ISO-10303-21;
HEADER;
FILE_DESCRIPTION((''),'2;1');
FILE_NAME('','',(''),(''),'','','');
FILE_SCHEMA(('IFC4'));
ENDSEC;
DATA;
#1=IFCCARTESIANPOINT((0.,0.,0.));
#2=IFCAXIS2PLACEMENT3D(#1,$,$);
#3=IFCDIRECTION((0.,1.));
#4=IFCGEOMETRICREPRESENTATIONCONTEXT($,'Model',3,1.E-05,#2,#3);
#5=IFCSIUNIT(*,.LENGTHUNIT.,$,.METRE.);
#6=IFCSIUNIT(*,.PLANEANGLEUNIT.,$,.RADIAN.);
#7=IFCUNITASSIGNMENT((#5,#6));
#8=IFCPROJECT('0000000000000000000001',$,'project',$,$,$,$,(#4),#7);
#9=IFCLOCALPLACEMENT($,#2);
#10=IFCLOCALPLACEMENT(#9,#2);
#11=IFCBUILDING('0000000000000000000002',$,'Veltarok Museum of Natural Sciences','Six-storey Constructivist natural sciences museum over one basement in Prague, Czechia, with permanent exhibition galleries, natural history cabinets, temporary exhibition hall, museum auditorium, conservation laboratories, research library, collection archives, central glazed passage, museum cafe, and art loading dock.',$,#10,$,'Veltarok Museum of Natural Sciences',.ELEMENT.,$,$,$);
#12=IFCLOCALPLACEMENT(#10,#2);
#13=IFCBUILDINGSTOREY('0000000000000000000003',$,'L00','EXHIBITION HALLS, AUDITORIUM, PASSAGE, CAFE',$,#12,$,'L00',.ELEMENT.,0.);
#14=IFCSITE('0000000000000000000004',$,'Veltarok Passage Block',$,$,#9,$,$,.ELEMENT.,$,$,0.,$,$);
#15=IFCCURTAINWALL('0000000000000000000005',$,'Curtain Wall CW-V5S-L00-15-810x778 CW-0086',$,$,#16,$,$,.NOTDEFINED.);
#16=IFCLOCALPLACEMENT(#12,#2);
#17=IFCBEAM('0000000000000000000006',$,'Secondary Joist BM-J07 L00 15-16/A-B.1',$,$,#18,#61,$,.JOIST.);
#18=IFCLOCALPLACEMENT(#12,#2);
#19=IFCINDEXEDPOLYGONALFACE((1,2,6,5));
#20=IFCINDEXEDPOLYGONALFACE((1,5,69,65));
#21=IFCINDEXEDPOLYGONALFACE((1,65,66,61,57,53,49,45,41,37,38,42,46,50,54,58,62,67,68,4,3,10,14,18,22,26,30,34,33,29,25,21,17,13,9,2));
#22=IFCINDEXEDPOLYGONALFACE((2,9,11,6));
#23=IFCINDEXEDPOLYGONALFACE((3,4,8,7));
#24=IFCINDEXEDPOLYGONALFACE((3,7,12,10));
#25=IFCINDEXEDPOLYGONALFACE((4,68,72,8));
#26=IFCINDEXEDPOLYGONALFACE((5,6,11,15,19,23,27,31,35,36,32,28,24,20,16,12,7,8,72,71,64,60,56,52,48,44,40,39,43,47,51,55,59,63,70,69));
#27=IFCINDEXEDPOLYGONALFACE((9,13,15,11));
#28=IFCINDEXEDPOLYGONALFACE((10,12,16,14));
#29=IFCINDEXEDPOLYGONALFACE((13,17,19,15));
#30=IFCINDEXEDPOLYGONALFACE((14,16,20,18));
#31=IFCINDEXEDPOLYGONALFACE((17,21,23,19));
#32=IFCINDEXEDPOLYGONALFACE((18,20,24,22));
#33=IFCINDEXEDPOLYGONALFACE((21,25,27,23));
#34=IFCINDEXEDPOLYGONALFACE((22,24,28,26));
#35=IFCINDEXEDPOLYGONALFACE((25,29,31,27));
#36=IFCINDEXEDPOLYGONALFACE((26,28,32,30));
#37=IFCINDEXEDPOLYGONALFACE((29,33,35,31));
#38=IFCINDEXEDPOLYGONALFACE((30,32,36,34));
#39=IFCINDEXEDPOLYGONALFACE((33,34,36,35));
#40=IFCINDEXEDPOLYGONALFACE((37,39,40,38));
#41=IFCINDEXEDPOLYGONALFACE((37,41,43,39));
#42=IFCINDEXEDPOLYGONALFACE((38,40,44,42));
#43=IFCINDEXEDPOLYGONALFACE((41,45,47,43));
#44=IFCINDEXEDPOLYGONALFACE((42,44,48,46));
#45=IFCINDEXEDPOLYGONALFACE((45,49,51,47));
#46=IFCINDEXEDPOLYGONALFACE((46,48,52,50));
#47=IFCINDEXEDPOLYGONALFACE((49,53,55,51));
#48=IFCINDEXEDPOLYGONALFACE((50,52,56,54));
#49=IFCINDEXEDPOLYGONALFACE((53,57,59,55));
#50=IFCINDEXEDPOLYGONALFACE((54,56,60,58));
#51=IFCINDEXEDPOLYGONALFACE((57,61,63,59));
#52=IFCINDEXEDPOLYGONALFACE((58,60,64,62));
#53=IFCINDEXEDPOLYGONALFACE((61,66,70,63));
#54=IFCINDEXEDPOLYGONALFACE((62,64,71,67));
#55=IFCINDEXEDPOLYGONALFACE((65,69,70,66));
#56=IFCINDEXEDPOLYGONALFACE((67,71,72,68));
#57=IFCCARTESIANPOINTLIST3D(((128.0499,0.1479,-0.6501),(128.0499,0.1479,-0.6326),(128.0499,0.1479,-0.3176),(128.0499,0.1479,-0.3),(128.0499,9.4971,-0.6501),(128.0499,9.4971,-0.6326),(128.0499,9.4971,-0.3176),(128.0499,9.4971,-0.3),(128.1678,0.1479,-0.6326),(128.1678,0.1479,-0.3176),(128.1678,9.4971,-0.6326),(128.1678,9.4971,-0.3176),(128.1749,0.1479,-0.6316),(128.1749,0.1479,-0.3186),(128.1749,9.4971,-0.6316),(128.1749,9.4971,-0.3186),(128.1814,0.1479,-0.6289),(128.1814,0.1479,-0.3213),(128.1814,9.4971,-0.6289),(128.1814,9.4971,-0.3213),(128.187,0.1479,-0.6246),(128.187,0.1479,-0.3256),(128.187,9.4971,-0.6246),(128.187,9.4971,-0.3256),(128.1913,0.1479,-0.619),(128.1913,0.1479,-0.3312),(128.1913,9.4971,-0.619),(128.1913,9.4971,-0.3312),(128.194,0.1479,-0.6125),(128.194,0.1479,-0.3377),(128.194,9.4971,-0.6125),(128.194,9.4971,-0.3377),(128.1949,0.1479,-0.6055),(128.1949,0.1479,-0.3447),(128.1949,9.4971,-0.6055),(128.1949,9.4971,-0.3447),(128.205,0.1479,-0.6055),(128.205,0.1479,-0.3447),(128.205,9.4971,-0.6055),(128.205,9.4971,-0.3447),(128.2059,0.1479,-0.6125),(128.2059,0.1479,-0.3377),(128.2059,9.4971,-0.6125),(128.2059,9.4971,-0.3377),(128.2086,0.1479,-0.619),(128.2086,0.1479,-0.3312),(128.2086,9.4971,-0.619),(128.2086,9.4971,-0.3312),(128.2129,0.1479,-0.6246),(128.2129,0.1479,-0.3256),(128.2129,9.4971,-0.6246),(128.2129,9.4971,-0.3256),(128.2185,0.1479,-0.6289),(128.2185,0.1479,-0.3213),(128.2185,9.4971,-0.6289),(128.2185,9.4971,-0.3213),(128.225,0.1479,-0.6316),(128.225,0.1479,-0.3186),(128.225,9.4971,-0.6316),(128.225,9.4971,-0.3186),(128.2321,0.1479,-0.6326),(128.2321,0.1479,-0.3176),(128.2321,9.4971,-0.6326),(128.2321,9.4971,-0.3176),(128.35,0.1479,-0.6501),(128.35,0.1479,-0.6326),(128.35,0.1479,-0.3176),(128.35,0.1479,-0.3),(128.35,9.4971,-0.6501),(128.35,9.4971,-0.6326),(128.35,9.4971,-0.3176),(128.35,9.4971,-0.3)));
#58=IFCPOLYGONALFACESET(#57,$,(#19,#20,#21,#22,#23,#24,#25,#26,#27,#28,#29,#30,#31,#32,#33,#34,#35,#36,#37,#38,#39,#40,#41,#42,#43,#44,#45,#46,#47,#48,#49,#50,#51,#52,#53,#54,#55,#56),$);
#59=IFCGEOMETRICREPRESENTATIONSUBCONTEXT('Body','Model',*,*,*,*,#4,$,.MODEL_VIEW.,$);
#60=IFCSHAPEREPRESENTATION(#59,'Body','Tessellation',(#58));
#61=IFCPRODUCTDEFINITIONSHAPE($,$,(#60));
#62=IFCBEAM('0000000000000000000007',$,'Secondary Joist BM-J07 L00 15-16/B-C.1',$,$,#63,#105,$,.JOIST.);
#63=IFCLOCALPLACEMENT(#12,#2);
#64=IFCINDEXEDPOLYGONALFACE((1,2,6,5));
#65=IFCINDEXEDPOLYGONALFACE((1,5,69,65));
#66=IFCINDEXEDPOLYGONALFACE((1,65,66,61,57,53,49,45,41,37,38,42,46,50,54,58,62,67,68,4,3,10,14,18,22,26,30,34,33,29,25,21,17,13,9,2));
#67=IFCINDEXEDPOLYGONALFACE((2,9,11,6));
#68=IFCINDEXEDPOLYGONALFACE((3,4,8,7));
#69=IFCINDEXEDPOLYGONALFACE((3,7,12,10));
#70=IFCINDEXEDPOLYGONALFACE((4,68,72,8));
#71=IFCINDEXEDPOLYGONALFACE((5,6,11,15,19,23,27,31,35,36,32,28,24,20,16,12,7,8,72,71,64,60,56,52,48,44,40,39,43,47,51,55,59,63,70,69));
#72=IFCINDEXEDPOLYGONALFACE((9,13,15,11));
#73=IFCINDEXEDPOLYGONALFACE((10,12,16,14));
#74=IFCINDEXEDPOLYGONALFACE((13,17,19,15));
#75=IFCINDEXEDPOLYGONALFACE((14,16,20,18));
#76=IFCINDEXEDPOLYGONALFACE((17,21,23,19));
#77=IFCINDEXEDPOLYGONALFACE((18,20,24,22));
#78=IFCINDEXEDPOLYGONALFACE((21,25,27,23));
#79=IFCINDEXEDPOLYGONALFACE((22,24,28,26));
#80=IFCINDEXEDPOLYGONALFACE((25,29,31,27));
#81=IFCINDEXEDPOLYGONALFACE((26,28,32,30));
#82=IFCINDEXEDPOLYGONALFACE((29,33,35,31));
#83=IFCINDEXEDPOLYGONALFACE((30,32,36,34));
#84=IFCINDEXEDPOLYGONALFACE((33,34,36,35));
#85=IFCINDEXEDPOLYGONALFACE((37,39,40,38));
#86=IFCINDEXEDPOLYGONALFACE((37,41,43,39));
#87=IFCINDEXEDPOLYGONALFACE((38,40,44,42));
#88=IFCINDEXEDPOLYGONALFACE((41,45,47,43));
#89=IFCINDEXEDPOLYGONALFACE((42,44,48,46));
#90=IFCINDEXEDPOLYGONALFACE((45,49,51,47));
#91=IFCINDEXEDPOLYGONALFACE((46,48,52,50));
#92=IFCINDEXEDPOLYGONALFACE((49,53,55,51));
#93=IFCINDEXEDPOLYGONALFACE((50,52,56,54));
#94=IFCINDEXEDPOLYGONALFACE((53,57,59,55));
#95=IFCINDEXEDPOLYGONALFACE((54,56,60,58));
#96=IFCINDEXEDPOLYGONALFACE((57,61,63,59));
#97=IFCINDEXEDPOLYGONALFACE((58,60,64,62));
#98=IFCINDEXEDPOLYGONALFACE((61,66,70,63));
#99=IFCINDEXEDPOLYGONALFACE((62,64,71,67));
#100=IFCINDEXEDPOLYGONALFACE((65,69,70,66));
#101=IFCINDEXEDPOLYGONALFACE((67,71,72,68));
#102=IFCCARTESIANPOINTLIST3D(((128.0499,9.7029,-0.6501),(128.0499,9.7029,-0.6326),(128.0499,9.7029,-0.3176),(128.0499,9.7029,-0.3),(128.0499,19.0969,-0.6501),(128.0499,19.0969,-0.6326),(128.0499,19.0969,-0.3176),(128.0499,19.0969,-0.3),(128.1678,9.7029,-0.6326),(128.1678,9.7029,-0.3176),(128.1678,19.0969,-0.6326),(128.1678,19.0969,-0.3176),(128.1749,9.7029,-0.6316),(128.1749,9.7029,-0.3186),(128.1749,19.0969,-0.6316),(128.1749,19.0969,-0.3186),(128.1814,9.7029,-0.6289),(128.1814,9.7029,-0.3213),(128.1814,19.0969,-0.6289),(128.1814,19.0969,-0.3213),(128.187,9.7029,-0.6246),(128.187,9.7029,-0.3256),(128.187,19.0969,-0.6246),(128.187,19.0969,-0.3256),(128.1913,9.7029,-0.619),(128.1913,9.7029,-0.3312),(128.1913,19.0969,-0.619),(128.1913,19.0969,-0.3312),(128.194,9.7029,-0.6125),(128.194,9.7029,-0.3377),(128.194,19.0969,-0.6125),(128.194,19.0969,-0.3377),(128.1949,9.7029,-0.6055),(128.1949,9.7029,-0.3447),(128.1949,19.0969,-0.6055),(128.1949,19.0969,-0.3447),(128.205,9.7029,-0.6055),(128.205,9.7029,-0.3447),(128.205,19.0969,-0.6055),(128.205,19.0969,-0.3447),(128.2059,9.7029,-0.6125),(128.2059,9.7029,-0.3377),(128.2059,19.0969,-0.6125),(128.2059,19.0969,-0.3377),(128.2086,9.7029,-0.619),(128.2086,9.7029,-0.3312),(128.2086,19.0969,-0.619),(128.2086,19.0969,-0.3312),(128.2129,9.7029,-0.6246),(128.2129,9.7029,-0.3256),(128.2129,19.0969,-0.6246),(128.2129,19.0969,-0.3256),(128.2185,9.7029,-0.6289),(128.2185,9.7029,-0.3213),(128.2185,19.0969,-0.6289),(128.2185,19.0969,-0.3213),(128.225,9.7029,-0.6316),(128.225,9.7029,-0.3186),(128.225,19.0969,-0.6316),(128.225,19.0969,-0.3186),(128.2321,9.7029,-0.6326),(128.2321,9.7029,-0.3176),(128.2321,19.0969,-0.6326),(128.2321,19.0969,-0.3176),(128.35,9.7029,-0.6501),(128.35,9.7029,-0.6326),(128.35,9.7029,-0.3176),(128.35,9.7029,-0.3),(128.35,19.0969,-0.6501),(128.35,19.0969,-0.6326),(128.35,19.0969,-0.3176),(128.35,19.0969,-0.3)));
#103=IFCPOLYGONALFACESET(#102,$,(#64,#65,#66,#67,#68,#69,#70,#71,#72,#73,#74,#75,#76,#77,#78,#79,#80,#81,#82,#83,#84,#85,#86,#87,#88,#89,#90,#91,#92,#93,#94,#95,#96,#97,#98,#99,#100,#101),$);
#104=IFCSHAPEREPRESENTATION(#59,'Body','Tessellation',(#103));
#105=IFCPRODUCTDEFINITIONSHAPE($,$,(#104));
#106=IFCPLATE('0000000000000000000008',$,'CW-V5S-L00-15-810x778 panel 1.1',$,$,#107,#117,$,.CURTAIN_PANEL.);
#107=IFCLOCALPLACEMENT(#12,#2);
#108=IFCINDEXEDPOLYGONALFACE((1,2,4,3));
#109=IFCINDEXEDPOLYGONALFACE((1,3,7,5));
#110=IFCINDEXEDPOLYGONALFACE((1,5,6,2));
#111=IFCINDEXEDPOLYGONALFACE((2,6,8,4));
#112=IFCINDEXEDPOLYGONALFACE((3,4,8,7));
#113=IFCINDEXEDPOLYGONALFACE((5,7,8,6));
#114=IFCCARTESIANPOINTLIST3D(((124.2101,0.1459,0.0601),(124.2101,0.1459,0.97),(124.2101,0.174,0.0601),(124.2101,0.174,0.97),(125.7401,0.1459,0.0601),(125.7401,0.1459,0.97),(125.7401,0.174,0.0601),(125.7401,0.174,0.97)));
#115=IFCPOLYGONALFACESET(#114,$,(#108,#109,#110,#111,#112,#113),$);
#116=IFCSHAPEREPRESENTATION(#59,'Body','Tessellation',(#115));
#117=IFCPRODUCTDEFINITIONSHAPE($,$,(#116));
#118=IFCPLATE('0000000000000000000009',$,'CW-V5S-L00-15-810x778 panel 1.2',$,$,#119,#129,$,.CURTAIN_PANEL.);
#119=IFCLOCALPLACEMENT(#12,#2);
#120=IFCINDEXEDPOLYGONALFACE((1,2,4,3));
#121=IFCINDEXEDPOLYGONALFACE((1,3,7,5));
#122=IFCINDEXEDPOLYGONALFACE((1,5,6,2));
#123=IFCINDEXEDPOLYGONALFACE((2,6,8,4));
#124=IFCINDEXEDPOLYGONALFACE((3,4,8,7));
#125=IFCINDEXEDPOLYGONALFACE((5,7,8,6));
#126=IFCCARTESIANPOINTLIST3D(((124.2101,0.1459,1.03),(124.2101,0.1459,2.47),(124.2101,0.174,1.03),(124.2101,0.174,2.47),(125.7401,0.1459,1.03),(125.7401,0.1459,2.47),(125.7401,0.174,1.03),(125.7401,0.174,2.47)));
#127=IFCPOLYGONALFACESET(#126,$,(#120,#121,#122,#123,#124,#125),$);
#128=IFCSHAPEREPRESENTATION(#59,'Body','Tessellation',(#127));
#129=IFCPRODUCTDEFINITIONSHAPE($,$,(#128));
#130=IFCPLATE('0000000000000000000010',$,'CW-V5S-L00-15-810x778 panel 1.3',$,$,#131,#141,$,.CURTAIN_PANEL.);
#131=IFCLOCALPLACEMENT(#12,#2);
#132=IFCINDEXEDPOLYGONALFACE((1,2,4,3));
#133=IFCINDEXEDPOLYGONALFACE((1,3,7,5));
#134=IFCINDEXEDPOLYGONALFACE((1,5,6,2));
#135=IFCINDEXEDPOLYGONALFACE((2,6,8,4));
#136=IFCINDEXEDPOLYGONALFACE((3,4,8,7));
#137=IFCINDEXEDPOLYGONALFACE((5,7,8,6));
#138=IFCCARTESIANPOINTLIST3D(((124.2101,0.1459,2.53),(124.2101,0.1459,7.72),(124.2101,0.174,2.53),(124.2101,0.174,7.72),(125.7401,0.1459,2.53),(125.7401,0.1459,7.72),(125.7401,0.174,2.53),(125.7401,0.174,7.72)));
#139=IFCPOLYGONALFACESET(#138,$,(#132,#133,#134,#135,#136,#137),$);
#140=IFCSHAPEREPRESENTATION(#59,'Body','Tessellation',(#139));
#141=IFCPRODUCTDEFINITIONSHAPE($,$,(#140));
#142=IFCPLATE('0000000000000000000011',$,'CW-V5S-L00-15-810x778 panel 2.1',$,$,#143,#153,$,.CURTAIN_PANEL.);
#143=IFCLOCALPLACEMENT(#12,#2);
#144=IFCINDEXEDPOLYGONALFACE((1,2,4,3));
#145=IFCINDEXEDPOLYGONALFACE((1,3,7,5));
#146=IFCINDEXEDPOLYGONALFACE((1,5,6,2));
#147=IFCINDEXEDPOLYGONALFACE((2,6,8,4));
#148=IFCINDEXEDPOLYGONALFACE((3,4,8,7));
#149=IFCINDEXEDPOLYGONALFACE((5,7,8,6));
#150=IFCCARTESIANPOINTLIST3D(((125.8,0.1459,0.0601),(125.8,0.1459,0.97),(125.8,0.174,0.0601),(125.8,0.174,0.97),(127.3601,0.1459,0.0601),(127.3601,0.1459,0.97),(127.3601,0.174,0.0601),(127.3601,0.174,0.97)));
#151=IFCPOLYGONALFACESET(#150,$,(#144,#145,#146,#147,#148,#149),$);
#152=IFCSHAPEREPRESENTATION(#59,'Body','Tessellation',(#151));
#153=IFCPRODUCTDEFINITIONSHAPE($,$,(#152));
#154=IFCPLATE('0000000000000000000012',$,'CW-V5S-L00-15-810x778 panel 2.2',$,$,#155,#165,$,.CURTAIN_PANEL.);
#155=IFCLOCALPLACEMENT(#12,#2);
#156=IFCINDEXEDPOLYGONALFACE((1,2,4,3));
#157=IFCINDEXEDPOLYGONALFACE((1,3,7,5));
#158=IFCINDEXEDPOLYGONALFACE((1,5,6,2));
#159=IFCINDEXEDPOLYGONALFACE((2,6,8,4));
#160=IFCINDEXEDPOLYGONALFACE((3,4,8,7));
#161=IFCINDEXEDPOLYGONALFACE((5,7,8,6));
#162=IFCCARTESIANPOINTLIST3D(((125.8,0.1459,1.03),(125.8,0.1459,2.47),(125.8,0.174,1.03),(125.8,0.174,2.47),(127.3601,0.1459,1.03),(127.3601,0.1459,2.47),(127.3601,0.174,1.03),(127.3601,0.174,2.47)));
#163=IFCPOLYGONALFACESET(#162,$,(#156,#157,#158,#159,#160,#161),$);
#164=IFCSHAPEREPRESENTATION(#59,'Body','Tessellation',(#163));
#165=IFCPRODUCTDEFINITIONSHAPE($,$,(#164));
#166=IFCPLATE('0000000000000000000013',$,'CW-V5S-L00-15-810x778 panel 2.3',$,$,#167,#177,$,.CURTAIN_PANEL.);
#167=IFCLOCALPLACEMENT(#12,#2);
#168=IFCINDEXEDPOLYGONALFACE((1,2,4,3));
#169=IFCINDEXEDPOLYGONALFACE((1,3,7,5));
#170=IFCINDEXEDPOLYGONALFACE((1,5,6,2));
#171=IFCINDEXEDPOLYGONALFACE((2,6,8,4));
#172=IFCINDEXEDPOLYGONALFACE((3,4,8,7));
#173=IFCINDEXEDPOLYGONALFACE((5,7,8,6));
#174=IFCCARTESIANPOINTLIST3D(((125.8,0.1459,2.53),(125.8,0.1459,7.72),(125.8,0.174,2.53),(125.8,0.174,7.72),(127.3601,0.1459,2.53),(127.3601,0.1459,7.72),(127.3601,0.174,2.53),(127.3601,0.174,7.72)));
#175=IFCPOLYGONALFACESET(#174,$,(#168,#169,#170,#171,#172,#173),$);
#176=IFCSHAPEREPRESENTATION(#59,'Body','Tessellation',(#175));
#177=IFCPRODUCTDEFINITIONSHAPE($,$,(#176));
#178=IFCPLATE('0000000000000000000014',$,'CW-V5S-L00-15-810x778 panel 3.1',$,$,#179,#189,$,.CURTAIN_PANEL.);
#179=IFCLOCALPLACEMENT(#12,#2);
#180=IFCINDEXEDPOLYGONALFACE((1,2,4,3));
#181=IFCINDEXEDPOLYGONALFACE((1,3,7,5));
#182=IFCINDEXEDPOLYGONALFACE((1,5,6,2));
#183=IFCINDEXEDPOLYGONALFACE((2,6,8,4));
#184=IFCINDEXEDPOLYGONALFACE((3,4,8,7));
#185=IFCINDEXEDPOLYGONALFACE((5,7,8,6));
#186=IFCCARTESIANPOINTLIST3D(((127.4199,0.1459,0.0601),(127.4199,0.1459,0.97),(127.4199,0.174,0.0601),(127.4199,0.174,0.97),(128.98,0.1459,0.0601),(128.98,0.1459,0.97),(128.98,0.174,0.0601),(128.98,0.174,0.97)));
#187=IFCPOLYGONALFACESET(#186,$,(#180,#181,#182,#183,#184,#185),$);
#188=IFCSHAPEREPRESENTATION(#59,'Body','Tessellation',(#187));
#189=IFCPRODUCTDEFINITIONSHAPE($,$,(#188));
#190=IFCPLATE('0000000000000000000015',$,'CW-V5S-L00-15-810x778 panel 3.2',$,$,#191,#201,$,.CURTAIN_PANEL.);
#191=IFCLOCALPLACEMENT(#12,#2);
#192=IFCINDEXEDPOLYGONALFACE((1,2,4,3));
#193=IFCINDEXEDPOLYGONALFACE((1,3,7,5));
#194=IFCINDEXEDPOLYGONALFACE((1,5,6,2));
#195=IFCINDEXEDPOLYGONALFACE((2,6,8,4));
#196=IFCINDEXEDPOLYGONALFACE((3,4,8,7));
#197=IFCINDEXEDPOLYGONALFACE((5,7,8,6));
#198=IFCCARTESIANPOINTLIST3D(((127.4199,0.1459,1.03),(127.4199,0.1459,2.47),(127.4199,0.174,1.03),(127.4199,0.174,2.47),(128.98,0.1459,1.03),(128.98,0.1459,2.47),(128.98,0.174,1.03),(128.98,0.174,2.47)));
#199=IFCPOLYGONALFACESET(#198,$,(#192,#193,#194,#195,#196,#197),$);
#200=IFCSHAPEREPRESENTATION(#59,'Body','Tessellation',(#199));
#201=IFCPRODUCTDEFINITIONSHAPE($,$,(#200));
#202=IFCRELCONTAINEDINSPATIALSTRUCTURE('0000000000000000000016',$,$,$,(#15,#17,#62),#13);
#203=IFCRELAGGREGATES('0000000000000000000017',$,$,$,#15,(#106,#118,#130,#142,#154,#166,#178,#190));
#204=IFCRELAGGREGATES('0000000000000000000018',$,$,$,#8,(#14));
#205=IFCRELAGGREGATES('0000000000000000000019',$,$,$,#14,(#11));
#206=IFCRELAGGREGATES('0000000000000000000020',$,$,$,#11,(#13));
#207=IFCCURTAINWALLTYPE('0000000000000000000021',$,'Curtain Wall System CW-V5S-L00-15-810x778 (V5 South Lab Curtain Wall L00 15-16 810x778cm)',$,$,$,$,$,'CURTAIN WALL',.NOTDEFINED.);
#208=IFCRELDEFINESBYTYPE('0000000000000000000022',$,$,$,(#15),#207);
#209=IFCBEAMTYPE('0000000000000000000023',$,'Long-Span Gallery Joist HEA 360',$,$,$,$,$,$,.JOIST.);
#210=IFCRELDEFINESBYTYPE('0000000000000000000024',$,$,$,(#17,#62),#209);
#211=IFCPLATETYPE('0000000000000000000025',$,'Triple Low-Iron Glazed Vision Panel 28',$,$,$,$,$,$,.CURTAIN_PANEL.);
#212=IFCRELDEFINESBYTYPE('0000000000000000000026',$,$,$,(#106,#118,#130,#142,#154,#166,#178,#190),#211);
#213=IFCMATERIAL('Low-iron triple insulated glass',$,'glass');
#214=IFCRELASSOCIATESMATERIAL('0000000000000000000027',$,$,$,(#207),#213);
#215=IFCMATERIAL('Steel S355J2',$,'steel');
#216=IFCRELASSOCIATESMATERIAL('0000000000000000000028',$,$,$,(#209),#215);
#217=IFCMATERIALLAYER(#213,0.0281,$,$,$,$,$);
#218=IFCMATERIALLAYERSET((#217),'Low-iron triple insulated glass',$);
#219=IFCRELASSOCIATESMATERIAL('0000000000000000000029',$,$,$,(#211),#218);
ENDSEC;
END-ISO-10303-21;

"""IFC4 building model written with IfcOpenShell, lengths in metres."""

from ifc_helpers import new_model, si_unit, direction, frame, origin, origin_2d, place, context, subcontext, project, spatial, rectangle, i_section, extrude, material, layer, layer_set, material_profile, profile_set, type_object, element, aggregate, save


model = new_model("IFC4")

# Units and contexts
model_context = context("Model", 3, precision=1e-05, world=origin(), true_north=direction((0.0, 1.0)))
body_context = subcontext(model_context, "Body", "Model", "MODEL_VIEW")
ifc_project = project(units=[si_unit("LENGTHUNIT", "METRE"), si_unit("PLANEANGLEUNIT", "RADIAN")], contexts=[model_context])

# Site, building, storey
site_placement = place(None, origin())
site = spatial("IfcSite", under=ifc_project, at=site_placement, Name="Veltarok Passage Block", CompositionType="ELEMENT", RefElevation=0.0)
building_placement = place(site_placement, origin())
building = spatial("IfcBuilding", under=site, at=building_placement, Name="Veltarok Museum of Natural Sciences", Description="Six-storey Constructivist natural sciences museum over one basement in Prague, Czechia, with permanent exhibition galleries, natural history cabinets, temporary exhibition hall, museum auditorium, conservation laboratories, research library, collection archives, central glazed passage, museum cafe, and art loading dock.", LongName="Veltarok Museum of Natural Sciences", CompositionType="ELEMENT")
storey_placement = place(building_placement, origin())
storey = spatial("IfcBuildingStorey", under=building, at=storey_placement, Name="L00", Description="EXHIBITION HALLS, AUDITORIUM, PASSAGE, CAFE", LongName="L00", CompositionType="ELEMENT", Elevation=0.0)

# Curtain wall
ifc_material_1 = material(Name="Low-iron triple insulated glass", Category="glass")
curtain_wall_type = type_object("IfcCurtainWallType", Name="Curtain Wall System CW-V5S-L00-15-810x778 (V5 South Lab Curtain Wall L00 15-16 810x778cm)", ElementType="CURTAIN WALL", PredefinedType="NOTDEFINED", material=ifc_material_1)
curtain_wall_placement = place(storey_placement, origin())
curtain_wall = element("IfcCurtainWall", 1, at=curtain_wall_placement, inside=storey, type_object=curtain_wall_type, Name="Curtain Wall CW-V5S-L00-15-810x778 CW-0086", PredefinedType="NOTDEFINED")

# Beams
ifc_material_2 = material(Name="Steel S355J2", Category="steel")
ifc_material_profile_1 = material_profile(ifc_material_2, i_section(OverallWidth=0.3, OverallDepth=0.3501, WebThickness=0.01, FlangeThickness=0.0176, FilletRadius=0.0271, at=origin_2d()), Name="HEA 360")
ifc_profile_set_1 = profile_set([ifc_material_profile_1], Name="Steel S355J2")
beam_type = type_object("IfcBeamType", Name="Long-Span Gallery Joist HEA 360", PredefinedType="JOIST", material=ifc_profile_set_1)
beam_1_placement = place(storey_placement, frame((128.2, 0.1479, -0.4751), z_axis=(0.0, 1.0, 0.0), x_axis=(-1.0, 0.0, 0.0)))
element("IfcBeam", 2, at=beam_1_placement, inside=storey, type_object=beam_type, Name="Secondary Joist BM-J07 L00 15-16/A-B.1", PredefinedType="JOIST", context=body_context, shape_type="SweptSolid", body=[
    extrude(i_section(OverallWidth=0.3, OverallDepth=0.3501, WebThickness=0.01, FlangeThickness=0.0176, FilletRadius=0.0271, at=origin_2d()), origin(), (0.0, 0.0, 1.0), 9.3491),
])
beam_2_placement = place(storey_placement, frame((128.2, 9.7029, -0.4751), z_axis=(0.0, 1.0, 0.0), x_axis=(-1.0, 0.0, 0.0)))
element("IfcBeam", 3, at=beam_2_placement, inside=storey, type_object=beam_type, Name="Secondary Joist BM-J07 L00 15-16/B-C.1", PredefinedType="JOIST", context=body_context, shape_type="SweptSolid", body=[
    extrude(i_section(OverallWidth=0.3, OverallDepth=0.3501, WebThickness=0.01, FlangeThickness=0.0176, FilletRadius=0.0271, at=origin_2d()), origin(), (0.0, 0.0, 1.0), 9.394),
])

# Plates
ifc_layer = layer(ifc_material_1, 0.0281)
ifc_layer_set = layer_set([ifc_layer], Name="Low-iron triple insulated glass")
plate_type = type_object("IfcPlateType", Name="Triple Low-Iron Glazed Vision Panel 28", PredefinedType="CURTAIN_PANEL", material=ifc_layer_set)
plate_1_placement = place(storey_placement, frame((124.9751, 0.1599, 0.0601), z_axis=(0.0, 0.0, 1.0), x_axis=(1.0, 0.0, 0.0)))
plate_1 = element("IfcPlate", 4, at=plate_1_placement, type_object=plate_type, Name="CW-V5S-L00-15-810x778 panel 1.1", PredefinedType="CURTAIN_PANEL", context=body_context, shape_type="SweptSolid", body=[
    extrude(rectangle(XDim=1.53, YDim=0.0281, at=origin_2d()), origin(), (0.0, 0.0, 1.0), 0.9099),
])
plate_2_placement = place(storey_placement, frame((124.9751, 0.1599, 1.03), z_axis=(0.0, 0.0, 1.0), x_axis=(1.0, 0.0, 0.0)))
plate_2 = element("IfcPlate", 5, at=plate_2_placement, type_object=plate_type, Name="CW-V5S-L00-15-810x778 panel 1.2", PredefinedType="CURTAIN_PANEL", context=body_context, shape_type="SweptSolid", body=[
    extrude(rectangle(XDim=1.53, YDim=0.0281, at=origin_2d()), origin(), (0.0, 0.0, 1.0), 1.4399),
])
plate_3_placement = place(storey_placement, frame((124.9751, 0.1599, 2.53), z_axis=(0.0, 0.0, 1.0), x_axis=(1.0, 0.0, 0.0)))
plate_3 = element("IfcPlate", 6, at=plate_3_placement, type_object=plate_type, Name="CW-V5S-L00-15-810x778 panel 1.3", PredefinedType="CURTAIN_PANEL", context=body_context, shape_type="SweptSolid", body=[
    extrude(rectangle(XDim=1.53, YDim=0.0281, at=origin_2d()), origin(), (0.0, 0.0, 1.0), 5.1899),
])
plate_4_placement = place(storey_placement, frame((126.5801, 0.1599, 0.0601), z_axis=(0.0, 0.0, 1.0), x_axis=(1.0, 0.0, 0.0)))
plate_4 = element("IfcPlate", 7, at=plate_4_placement, type_object=plate_type, Name="CW-V5S-L00-15-810x778 panel 2.1", PredefinedType="CURTAIN_PANEL", context=body_context, shape_type="SweptSolid", body=[
    extrude(rectangle(XDim=1.5601, YDim=0.0281, at=origin_2d()), origin(), (0.0, 0.0, 1.0), 0.9099),
])
plate_5_placement = place(storey_placement, frame((126.5801, 0.1599, 1.03), z_axis=(0.0, 0.0, 1.0), x_axis=(1.0, 0.0, 0.0)))
plate_5 = element("IfcPlate", 8, at=plate_5_placement, type_object=plate_type, Name="CW-V5S-L00-15-810x778 panel 2.2", PredefinedType="CURTAIN_PANEL", context=body_context, shape_type="SweptSolid", body=[
    extrude(rectangle(XDim=1.5601, YDim=0.0281, at=origin_2d()), origin(), (0.0, 0.0, 1.0), 1.4399),
])
plate_6_placement = place(storey_placement, frame((126.5801, 0.1599, 2.53), z_axis=(0.0, 0.0, 1.0), x_axis=(1.0, 0.0, 0.0)))
plate_6 = element("IfcPlate", 9, at=plate_6_placement, type_object=plate_type, Name="CW-V5S-L00-15-810x778 panel 2.3", PredefinedType="CURTAIN_PANEL", context=body_context, shape_type="SweptSolid", body=[
    extrude(rectangle(XDim=1.5601, YDim=0.0281, at=origin_2d()), origin(), (0.0, 0.0, 1.0), 5.1899),
])
plate_7_placement = place(storey_placement, frame((128.2, 0.1599, 0.0601), z_axis=(0.0, 0.0, 1.0), x_axis=(1.0, 0.0, 0.0)))
plate_7 = element("IfcPlate", 10, at=plate_7_placement, type_object=plate_type, Name="CW-V5S-L00-15-810x778 panel 3.1", PredefinedType="CURTAIN_PANEL", context=body_context, shape_type="SweptSolid", body=[
    extrude(rectangle(XDim=1.5601, YDim=0.0281, at=origin_2d()), origin(), (0.0, 0.0, 1.0), 0.9099),
])
plate_8_placement = place(storey_placement, frame((128.2, 0.1599, 1.03), z_axis=(0.0, 0.0, 1.0), x_axis=(1.0, 0.0, 0.0)))
plate_8 = element("IfcPlate", 11, at=plate_8_placement, type_object=plate_type, Name="CW-V5S-L00-15-810x778 panel 3.2", PredefinedType="CURTAIN_PANEL", context=body_context, shape_type="SweptSolid", body=[
    extrude(rectangle(XDim=1.5601, YDim=0.0281, at=origin_2d()), origin(), (0.0, 0.0, 1.0), 1.4399),
])
aggregate(curtain_wall, [plate_1, plate_2, plate_3, plate_4, plate_5, plate_6, plate_7, plate_8])

save(model, "model.ifc")
